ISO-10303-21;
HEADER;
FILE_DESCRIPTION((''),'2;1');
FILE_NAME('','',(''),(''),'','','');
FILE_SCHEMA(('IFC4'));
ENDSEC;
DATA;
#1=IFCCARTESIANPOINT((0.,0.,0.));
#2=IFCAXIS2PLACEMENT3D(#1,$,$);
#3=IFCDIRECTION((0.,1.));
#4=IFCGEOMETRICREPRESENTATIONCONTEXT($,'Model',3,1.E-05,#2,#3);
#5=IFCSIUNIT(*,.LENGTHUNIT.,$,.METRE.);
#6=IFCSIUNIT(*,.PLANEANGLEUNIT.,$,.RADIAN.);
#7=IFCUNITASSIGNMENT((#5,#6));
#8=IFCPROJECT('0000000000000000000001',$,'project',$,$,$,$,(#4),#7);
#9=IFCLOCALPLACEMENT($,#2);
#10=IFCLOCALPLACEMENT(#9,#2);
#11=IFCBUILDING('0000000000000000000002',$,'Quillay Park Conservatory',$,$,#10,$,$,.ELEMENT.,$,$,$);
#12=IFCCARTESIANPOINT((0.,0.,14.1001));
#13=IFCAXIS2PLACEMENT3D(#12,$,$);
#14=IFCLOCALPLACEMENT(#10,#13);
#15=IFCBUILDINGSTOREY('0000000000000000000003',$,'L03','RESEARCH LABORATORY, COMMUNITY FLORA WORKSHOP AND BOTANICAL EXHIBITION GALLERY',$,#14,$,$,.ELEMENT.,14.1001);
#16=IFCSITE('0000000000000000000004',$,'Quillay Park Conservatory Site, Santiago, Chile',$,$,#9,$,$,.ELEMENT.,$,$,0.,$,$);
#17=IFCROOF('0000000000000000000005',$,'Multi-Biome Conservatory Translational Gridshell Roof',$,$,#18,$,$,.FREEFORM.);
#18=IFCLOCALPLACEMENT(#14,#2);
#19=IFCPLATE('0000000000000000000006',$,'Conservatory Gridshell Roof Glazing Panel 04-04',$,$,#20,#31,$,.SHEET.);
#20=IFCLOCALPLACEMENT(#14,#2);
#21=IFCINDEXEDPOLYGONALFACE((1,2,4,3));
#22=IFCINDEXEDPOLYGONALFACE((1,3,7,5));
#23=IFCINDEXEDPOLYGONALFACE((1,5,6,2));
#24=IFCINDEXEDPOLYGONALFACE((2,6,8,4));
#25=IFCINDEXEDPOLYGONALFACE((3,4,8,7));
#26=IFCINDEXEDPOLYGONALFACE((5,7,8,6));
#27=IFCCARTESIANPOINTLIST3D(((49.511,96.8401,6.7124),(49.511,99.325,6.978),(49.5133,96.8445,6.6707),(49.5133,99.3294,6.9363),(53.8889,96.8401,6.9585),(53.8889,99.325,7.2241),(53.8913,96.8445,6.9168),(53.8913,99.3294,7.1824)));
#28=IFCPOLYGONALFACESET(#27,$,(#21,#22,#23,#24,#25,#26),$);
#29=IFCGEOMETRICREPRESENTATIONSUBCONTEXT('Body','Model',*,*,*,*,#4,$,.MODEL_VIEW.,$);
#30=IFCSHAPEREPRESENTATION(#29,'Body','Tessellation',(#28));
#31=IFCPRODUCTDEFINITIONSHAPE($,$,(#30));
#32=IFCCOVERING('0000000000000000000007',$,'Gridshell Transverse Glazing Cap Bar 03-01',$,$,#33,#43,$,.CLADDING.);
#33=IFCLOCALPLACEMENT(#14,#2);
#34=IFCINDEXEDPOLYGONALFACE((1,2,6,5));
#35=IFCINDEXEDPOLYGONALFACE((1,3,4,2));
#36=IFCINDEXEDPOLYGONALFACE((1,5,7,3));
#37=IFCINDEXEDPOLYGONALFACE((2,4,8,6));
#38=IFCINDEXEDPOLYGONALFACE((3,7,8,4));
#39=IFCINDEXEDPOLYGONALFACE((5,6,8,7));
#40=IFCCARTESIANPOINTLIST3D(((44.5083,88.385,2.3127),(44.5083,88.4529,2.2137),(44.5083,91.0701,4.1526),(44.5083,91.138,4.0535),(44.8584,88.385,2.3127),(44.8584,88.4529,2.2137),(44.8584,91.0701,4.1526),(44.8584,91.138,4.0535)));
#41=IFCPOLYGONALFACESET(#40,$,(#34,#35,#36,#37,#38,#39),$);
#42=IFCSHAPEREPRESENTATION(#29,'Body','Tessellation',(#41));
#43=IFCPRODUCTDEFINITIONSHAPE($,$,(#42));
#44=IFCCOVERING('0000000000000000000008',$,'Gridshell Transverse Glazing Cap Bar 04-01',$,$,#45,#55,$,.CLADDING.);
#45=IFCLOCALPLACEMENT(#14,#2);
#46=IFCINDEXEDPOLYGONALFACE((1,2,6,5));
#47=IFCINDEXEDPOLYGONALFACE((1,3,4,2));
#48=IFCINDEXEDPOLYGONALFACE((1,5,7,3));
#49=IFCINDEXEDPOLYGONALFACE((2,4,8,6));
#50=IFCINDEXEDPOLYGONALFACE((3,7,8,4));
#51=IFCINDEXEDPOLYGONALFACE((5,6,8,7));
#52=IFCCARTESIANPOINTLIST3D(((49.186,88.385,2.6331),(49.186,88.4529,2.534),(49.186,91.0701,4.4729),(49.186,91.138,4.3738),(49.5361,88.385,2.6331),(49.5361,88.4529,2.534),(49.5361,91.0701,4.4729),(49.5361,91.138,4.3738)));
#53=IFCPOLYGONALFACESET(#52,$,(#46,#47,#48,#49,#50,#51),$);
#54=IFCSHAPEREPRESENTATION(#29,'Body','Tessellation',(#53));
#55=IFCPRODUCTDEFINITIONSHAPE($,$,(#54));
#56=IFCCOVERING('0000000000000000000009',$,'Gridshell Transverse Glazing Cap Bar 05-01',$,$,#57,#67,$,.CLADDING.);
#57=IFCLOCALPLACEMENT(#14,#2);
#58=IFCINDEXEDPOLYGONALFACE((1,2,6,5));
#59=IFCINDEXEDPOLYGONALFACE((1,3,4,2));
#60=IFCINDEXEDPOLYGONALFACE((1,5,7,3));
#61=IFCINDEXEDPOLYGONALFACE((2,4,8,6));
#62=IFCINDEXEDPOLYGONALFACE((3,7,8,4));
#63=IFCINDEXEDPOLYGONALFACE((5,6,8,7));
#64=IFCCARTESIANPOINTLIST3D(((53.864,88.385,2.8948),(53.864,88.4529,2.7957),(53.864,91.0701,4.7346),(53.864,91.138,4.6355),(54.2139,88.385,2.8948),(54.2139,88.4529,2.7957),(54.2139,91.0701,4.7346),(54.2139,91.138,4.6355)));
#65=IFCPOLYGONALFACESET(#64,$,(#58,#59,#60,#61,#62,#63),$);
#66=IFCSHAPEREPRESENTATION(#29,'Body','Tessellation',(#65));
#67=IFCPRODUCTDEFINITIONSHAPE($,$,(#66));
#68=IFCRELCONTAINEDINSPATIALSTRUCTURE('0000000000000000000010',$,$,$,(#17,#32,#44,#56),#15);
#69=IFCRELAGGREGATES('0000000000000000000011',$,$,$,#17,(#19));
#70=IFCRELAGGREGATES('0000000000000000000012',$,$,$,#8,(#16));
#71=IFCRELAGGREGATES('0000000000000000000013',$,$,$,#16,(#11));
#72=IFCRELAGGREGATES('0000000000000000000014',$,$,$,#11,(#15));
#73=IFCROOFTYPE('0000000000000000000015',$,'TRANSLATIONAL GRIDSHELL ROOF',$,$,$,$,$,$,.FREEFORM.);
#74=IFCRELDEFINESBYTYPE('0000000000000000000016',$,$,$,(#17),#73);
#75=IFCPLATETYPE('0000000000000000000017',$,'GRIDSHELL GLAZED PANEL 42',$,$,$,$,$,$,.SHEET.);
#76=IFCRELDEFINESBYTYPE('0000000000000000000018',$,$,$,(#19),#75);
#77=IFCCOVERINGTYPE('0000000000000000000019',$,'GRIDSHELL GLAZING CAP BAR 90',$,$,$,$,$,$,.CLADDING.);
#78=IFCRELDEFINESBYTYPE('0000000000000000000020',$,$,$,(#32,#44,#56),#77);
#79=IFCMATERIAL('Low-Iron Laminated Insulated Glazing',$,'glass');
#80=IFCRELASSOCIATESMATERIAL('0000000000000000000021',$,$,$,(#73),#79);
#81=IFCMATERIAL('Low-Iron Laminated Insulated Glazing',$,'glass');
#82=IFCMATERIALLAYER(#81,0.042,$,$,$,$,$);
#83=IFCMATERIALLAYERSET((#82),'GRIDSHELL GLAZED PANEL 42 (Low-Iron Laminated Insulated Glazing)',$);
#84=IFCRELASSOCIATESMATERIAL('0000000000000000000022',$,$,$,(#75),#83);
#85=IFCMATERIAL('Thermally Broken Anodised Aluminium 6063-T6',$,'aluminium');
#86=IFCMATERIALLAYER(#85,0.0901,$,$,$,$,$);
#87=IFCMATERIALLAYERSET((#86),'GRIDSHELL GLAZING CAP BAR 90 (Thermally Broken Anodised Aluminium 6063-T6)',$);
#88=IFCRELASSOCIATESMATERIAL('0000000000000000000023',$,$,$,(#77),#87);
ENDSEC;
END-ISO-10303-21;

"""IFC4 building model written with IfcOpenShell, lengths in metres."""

from ifc_helpers import new_model, si_unit, direction, frame, origin, place, context, subcontext, project, spatial, polyline, outline, extrude, material, layer, layer_set, type_object, element, aggregate, save


model = new_model("IFC4")

# Units and contexts
model_context = context("Model", 3, precision=1e-05, world=origin(), true_north=direction((0.0, 1.0)))
body_context = subcontext(model_context, "Body", "Model", "MODEL_VIEW")
ifc_project = project(units=[si_unit("LENGTHUNIT", "METRE"), si_unit("PLANEANGLEUNIT", "RADIAN")], contexts=[model_context])

# Site, building, storey
site_placement = place(None, origin())
site = spatial("IfcSite", under=ifc_project, at=site_placement, Name="Quillay Park Conservatory Site, Santiago, Chile", CompositionType="ELEMENT", RefElevation=0.0)
building_placement = place(site_placement, origin())
building = spatial("IfcBuilding", under=site, at=building_placement, Name="Quillay Park Conservatory", CompositionType="ELEMENT")
storey_placement = place(building_placement, frame((0.0, 0.0, 14.1001)))
storey = spatial("IfcBuildingStorey", under=building, at=storey_placement, Name="L03", Description="RESEARCH LABORATORY, COMMUNITY FLORA WORKSHOP AND BOTANICAL EXHIBITION GALLERY", CompositionType="ELEMENT", Elevation=14.1001)

# Roof, plate
ifc_material_1 = material(Name="Low-Iron Laminated Insulated Glazing", Category="glass")
roof_type = type_object("IfcRoofType", Name="TRANSLATIONAL GRIDSHELL ROOF", PredefinedType="FREEFORM", material=ifc_material_1)
roof_placement = place(storey_placement, origin())
roof = element("IfcRoof", 1, at=roof_placement, inside=storey, type_object=roof_type, Name="Multi-Biome Conservatory Translational Gridshell Roof", PredefinedType="FREEFORM")
ifc_material_2 = material(Name="Low-Iron Laminated Insulated Glazing", Category="glass")
ifc_layer_1 = layer(ifc_material_2, 0.042)
ifc_layer_set_1 = layer_set([ifc_layer_1], Name="GRIDSHELL GLAZED PANEL 42 (Low-Iron Laminated Insulated Glazing)")
plate_type_1 = type_object("IfcPlateType", Name="GRIDSHELL GLAZED PANEL 42", PredefinedType="SHEET", material=ifc_layer_set_1)
plate_1_placement = place(storey_placement, frame((49.511, 96.8401, 6.7124), z_axis=(-0.055807, -0.106126, 0.992785), x_axis=(0.998424, 0.0, 0.056124)))
plate_1 = element("IfcPlate", 2, at=plate_1_placement, type_object=plate_type_1, Name="Conservatory Gridshell Roof Glazing Panel 04-04", PredefinedType="SHEET", context=body_context, shape_type="SweptSolid", body=[
    extrude(outline(polyline([(0.0, 0.0), (4.3848, 0.0), (4.3997, 2.499), (0.0149, 2.499), (0.0, 0.0)])), origin(), (0.0, 0.0, -1.0), 0.042),
])
aggregate(roof, [plate_1])

# Coverings
ifc_material_3 = material(Name="Thermally Broken Anodised Aluminium 6063-T6", Category="aluminium")
ifc_layer_2 = layer(ifc_material_3, 0.0901)
ifc_layer_set_2 = layer_set([ifc_layer_2], Name="GRIDSHELL GLAZING CAP BAR 90 (Thermally Broken Anodised Aluminium 6063-T6)")
covering_type = type_object("IfcCoveringType", Name="GRIDSHELL GLAZING CAP BAR 90", PredefinedType="CLADDING", material=ifc_layer_set_2)
for number, where, z_axis, x_axis, name in (
    (3, (44.5083, 88.385, 2.3127), (0.0, -0.565248, 0.824921), (1.0, 0.0, 0.0), "Gridshell Transverse Glazing Cap Bar 03-01"),
    (4, (49.186, 88.385, 2.6331), (0.0, -0.565248, 0.824921), (1.0, 0.0, 0.0), "Gridshell Transverse Glazing Cap Bar 04-01"),
):
    element("IfcCovering", number, at=place(storey_placement, frame(where, z_axis=z_axis, x_axis=x_axis)), inside=storey, type_object=covering_type, Name=name, PredefinedType="CLADDING", context=body_context, shape_type="SweptSolid", body=[
        extrude(outline(polyline([(0.0, 0.0), (0.3501, 0.0), (0.3501, 3.2549), (0.0, 3.2549), (0.0, 0.0)])), origin(), (0.0, 0.0, -1.0), 0.1201),
    ])
covering_placement = place(storey_placement, frame((53.864, 88.385, 2.8948), z_axis=(0.0, -0.565248, 0.824921), x_axis=(1.0, 0.0, 0.0)))
element("IfcCovering", 5, at=covering_placement, inside=storey, type_object=covering_type, Name="Gridshell Transverse Glazing Cap Bar 05-01", PredefinedType="CLADDING", context=body_context, shape_type="SweptSolid", body=[
    extrude(outline(polyline([(0.0, 0.0), (0.3499, 0.0), (0.3499, 3.2549), (0.0, 3.2549), (0.0, 0.0)])), origin(), (0.0, 0.0, -1.0), 0.1201),
])

save(model, "model.ifc")
